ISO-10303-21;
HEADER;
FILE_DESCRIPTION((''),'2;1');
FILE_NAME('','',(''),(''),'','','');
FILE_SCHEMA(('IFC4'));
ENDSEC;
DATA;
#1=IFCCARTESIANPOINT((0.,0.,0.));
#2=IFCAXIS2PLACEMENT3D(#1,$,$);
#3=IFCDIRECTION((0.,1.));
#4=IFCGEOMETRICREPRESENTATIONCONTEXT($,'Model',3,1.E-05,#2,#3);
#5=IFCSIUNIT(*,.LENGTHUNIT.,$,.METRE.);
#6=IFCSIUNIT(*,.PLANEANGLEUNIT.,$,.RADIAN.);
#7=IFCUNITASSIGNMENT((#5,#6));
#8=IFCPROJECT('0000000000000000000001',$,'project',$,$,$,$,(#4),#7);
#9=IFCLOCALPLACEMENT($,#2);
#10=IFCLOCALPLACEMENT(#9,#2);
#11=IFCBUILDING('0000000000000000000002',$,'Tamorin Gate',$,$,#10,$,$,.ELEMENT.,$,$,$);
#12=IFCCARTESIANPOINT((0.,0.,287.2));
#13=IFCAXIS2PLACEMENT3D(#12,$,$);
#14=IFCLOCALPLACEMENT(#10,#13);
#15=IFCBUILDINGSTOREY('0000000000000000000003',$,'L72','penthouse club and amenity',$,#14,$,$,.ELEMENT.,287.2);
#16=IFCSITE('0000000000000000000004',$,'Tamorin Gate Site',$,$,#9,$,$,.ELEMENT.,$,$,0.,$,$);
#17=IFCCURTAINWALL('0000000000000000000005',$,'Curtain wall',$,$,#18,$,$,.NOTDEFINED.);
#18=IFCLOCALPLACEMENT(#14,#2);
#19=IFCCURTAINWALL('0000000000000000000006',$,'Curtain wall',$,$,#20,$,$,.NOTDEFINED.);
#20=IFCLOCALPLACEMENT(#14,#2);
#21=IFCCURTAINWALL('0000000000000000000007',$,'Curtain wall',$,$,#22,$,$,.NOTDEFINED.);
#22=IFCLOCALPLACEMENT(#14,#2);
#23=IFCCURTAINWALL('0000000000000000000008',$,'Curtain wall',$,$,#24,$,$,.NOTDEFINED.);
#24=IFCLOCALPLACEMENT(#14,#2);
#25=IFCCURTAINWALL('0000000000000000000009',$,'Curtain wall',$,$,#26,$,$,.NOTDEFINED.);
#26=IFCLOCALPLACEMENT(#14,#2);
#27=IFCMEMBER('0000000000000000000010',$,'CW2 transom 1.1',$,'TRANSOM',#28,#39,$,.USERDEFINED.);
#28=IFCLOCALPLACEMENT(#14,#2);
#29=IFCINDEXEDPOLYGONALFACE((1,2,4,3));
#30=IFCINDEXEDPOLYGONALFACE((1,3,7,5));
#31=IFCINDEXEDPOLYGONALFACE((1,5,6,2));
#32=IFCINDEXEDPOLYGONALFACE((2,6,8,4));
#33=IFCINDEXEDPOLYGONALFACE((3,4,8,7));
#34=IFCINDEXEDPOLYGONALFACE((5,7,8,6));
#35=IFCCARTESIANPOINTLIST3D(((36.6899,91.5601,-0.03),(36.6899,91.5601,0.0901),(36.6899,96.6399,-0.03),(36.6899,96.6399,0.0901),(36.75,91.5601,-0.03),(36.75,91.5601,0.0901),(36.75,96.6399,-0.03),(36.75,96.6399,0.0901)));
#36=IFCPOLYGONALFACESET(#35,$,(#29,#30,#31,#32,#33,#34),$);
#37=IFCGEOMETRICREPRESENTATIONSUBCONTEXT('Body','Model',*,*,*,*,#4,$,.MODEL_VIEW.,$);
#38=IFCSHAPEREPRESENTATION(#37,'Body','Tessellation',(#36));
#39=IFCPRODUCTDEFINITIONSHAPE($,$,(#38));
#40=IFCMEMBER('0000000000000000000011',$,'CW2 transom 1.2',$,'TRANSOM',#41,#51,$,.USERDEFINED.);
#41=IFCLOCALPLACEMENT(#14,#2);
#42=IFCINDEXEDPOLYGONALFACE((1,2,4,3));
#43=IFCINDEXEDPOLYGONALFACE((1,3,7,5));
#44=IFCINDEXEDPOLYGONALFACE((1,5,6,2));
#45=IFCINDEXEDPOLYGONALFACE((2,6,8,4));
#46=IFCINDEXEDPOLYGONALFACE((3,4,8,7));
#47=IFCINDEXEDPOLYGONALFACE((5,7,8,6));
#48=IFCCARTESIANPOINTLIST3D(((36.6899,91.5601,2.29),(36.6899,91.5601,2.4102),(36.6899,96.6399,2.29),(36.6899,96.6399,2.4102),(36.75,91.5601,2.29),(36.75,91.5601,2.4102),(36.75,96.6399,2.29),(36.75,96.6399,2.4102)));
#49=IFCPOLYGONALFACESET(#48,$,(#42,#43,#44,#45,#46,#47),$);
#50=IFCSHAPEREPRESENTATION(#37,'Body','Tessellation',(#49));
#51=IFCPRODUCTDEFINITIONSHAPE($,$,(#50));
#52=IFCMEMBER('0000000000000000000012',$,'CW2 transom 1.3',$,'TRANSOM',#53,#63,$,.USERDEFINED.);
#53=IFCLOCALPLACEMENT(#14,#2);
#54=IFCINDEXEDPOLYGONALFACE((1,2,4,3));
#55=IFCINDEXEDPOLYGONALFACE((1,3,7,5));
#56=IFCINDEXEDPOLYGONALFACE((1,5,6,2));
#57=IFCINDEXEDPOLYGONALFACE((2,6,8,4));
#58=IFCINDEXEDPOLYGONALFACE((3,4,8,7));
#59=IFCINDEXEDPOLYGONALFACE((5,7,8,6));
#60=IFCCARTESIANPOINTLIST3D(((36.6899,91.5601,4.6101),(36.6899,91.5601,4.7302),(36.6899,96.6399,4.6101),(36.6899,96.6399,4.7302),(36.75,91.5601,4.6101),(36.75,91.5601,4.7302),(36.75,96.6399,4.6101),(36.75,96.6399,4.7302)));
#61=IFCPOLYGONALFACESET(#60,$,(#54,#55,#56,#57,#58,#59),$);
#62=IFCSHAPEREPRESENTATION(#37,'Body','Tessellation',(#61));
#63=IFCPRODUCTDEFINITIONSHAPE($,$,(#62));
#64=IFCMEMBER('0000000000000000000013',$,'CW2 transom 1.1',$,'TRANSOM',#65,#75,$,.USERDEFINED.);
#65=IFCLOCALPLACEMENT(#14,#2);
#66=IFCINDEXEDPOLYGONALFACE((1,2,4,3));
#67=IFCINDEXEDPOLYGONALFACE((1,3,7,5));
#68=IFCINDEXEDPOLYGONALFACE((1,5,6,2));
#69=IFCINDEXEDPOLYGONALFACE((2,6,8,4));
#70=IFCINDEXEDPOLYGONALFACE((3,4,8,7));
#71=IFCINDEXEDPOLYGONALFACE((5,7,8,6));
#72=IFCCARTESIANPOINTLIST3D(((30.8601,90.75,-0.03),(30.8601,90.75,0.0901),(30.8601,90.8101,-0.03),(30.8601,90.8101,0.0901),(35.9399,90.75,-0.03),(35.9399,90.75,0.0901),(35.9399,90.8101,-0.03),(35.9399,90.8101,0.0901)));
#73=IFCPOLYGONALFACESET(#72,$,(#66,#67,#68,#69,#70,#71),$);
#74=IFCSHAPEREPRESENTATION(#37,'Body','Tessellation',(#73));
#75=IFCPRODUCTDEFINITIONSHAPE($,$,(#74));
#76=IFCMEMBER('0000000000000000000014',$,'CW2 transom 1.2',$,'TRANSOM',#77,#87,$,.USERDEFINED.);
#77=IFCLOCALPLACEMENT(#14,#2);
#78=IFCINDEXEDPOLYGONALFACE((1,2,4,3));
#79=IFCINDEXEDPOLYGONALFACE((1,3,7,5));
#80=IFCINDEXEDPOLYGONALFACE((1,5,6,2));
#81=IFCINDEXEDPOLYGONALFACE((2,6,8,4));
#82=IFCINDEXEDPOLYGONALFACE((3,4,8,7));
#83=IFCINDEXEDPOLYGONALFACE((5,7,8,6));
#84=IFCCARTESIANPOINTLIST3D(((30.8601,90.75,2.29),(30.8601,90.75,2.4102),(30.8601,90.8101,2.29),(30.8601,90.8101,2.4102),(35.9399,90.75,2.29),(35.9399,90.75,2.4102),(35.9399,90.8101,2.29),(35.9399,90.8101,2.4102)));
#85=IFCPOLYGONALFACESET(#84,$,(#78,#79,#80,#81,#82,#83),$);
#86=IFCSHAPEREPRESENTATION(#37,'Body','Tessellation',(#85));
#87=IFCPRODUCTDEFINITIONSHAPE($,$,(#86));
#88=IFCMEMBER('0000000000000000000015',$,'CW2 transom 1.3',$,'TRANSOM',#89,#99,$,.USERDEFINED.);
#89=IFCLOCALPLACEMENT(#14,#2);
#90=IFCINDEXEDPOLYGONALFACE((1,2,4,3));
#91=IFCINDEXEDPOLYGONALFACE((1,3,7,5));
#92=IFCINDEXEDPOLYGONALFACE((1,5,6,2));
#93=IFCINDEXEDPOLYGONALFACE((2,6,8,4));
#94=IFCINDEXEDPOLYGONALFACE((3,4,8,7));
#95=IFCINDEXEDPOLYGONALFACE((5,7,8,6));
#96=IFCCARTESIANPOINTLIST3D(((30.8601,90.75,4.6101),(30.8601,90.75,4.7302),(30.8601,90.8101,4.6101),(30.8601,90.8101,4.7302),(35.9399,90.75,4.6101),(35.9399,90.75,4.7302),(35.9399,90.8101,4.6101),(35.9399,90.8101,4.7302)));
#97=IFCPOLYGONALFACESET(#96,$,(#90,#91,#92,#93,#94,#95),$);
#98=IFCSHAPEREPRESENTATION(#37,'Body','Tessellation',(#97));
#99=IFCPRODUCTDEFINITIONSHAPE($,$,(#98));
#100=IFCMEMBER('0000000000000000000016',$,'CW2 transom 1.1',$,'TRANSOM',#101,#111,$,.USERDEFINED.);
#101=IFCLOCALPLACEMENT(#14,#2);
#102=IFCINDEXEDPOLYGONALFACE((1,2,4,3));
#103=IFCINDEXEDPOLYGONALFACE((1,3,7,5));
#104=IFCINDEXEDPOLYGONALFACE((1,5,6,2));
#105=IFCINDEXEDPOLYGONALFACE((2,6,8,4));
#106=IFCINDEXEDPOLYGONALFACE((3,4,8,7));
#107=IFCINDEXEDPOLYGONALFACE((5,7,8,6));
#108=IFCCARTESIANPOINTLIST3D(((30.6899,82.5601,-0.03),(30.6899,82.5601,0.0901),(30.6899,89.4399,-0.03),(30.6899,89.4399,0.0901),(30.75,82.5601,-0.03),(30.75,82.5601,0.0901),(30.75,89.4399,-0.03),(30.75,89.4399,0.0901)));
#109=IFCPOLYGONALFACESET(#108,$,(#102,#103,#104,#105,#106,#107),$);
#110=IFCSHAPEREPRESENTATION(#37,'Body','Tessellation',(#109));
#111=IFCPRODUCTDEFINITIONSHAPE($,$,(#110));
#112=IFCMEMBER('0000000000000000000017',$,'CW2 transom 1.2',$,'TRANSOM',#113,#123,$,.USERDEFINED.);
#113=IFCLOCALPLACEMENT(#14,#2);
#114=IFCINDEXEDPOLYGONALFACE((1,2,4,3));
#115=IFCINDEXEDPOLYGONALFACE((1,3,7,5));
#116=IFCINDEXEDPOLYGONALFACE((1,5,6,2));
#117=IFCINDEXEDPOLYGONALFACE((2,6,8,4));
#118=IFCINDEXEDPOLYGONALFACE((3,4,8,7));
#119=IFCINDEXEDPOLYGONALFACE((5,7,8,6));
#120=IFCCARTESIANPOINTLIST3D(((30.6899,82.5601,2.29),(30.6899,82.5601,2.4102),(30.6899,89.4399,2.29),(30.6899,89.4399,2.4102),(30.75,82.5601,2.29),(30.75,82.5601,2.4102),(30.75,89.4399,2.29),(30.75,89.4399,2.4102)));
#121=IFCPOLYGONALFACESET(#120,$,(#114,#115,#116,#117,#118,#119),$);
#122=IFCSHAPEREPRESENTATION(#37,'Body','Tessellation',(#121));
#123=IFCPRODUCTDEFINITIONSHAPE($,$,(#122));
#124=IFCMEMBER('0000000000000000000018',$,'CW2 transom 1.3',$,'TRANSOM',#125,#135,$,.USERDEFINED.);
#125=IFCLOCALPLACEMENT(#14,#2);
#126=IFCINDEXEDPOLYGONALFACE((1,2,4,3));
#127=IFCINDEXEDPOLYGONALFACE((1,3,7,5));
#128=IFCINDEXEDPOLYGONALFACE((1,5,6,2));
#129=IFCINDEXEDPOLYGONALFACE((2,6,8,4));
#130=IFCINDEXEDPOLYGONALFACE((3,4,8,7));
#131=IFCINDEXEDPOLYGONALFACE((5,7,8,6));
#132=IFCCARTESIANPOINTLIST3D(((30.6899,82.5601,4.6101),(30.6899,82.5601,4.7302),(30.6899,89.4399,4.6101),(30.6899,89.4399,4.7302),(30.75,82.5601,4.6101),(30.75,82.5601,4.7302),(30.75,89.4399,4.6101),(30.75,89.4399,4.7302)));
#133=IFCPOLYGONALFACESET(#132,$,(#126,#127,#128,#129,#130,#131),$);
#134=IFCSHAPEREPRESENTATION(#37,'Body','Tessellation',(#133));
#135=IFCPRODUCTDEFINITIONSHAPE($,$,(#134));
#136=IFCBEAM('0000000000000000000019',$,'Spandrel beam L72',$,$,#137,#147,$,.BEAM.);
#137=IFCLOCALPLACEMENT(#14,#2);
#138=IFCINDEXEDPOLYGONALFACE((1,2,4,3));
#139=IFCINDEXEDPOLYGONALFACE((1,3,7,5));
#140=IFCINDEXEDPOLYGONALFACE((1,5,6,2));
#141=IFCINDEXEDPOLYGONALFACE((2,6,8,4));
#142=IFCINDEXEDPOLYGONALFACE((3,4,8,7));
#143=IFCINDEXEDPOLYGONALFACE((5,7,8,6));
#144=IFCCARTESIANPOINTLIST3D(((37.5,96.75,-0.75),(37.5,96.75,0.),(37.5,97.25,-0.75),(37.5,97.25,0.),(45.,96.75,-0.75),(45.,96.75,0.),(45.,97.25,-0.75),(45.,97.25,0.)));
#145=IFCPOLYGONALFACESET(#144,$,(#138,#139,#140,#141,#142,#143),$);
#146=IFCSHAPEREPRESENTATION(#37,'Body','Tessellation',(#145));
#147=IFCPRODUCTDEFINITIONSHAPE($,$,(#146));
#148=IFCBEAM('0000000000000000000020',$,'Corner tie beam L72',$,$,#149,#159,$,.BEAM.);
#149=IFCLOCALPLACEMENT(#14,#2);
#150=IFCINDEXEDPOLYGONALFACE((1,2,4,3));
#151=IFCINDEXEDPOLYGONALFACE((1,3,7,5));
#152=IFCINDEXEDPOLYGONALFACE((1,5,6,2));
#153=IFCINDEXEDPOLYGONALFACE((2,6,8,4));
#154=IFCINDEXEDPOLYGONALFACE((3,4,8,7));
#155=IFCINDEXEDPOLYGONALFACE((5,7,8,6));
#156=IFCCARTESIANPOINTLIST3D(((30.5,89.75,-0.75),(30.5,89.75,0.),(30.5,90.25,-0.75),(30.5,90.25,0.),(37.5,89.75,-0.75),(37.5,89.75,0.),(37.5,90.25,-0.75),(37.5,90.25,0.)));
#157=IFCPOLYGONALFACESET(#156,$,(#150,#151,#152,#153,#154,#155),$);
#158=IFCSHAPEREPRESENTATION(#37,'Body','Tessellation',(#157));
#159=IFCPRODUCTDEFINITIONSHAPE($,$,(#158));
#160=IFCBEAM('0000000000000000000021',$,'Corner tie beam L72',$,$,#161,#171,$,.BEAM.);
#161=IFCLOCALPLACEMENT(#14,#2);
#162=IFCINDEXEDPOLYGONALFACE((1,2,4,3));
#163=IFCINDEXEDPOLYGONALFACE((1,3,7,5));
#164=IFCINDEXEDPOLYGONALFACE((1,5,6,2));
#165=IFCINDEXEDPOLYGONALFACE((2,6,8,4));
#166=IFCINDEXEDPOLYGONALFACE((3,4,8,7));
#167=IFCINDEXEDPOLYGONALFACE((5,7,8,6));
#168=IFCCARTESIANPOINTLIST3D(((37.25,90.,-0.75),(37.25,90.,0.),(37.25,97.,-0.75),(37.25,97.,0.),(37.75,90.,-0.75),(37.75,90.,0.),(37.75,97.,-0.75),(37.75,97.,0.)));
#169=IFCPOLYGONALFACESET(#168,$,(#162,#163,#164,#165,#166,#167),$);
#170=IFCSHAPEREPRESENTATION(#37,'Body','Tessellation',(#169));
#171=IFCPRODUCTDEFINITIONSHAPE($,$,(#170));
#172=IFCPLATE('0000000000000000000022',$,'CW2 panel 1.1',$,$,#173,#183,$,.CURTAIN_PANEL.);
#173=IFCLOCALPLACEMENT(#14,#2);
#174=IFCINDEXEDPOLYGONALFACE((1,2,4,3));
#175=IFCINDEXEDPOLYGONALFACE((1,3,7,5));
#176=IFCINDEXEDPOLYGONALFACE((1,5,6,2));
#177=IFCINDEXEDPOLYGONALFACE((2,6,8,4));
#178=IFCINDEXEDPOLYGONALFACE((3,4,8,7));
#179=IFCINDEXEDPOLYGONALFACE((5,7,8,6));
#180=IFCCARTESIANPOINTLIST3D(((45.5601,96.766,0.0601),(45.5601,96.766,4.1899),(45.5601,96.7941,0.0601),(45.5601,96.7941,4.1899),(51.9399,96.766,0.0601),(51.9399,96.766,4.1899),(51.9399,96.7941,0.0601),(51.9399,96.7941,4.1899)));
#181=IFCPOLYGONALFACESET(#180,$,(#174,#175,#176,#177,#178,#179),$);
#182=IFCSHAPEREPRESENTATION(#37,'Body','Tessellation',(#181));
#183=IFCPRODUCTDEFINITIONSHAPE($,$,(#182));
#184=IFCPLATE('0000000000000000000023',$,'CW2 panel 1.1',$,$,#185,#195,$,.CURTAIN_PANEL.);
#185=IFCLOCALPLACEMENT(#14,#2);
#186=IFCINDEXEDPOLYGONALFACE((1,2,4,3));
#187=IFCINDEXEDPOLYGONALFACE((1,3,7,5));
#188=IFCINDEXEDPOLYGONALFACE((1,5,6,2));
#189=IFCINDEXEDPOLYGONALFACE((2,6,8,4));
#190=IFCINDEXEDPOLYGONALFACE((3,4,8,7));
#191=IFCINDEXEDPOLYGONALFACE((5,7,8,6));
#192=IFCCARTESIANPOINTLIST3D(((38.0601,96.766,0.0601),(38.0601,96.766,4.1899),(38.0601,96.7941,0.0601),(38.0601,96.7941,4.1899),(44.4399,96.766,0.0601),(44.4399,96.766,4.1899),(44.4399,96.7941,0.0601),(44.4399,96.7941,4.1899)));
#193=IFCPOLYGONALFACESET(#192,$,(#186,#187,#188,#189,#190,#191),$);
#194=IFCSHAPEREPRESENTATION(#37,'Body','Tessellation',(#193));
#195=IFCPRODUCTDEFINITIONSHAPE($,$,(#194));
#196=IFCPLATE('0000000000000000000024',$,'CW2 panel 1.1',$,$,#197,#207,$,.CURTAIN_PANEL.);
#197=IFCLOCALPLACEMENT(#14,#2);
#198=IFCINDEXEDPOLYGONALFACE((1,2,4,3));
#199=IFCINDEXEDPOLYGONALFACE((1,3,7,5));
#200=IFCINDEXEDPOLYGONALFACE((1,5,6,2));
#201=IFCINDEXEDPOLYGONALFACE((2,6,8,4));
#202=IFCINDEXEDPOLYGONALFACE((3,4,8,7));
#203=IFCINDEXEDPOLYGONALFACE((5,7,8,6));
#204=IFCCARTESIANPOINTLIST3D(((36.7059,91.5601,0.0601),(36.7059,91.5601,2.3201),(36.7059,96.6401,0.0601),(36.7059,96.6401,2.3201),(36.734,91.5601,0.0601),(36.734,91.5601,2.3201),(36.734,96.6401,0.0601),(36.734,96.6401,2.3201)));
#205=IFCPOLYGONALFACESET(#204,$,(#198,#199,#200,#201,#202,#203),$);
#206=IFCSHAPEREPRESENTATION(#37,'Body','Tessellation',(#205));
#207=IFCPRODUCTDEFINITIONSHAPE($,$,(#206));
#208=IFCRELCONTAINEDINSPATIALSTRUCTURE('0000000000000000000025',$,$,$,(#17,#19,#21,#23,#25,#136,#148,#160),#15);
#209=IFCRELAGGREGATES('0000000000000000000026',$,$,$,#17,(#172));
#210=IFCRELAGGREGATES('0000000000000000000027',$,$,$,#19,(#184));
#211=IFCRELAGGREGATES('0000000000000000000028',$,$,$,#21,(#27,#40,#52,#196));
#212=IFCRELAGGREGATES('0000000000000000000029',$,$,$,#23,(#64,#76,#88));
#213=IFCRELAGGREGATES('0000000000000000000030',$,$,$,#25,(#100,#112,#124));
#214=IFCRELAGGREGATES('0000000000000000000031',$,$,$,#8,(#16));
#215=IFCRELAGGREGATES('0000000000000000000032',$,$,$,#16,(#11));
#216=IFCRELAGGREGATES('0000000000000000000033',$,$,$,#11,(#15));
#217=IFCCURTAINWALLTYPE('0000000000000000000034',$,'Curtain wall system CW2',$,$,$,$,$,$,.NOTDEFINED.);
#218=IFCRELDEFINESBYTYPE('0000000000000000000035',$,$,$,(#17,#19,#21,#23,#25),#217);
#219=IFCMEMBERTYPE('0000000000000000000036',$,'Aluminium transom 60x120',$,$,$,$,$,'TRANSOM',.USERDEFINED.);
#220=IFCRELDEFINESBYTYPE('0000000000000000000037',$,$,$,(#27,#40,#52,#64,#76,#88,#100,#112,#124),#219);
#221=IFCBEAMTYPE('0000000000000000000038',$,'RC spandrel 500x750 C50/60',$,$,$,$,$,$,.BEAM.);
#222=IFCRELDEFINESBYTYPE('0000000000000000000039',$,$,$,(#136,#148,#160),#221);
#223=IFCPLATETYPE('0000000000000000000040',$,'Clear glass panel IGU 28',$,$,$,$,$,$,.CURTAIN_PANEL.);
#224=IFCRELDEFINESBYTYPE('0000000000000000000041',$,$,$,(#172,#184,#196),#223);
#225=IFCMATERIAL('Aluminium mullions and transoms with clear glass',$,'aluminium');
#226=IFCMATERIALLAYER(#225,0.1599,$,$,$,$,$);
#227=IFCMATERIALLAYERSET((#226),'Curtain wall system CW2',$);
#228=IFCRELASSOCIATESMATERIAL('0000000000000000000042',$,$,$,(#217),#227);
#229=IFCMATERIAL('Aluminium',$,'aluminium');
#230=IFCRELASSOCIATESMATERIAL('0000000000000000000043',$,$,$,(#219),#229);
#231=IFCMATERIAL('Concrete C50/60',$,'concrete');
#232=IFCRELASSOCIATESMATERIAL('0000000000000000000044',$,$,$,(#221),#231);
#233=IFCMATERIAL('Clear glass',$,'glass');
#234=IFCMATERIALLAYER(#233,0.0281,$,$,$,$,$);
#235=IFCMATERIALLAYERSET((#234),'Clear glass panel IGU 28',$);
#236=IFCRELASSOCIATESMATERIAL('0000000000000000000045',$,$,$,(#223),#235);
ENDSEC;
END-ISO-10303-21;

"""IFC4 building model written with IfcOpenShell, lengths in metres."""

from ifc_helpers import new_model, si_unit, direction, frame, origin, origin_2d, place, context, subcontext, project, spatial, rectangle, extrude, material, layer, layer_set, material_profile, profile_set, type_object, element, aggregate, save


model = new_model("IFC4")

# Units and contexts
model_context = context("Model", 3, precision=1e-05, world=origin(), true_north=direction((0.0, 1.0)))
body_context = subcontext(model_context, "Body", "Model", "MODEL_VIEW")
ifc_project = project(units=[si_unit("LENGTHUNIT", "METRE"), si_unit("PLANEANGLEUNIT", "RADIAN")], contexts=[model_context])

# Site, building, storey
site_placement = place(None, origin())
site = spatial("IfcSite", under=ifc_project, at=site_placement, Name="Tamorin Gate Site", CompositionType="ELEMENT", RefElevation=0.0)
building_placement = place(site_placement, origin())
building = spatial("IfcBuilding", under=site, at=building_placement, Name="Tamorin Gate", CompositionType="ELEMENT")
storey_placement = place(building_placement, frame((0.0, 0.0, 287.2)))
storey = spatial("IfcBuildingStorey", under=building, at=storey_placement, Name="L72", Description="penthouse club and amenity", CompositionType="ELEMENT", Elevation=287.2)

# Shared definitions
ifc_material_1 = material(Name="Concrete C50/60", Category="concrete")

# Curtain wall
ifc_material_2 = material(Name="Aluminium mullions and transoms with clear glass", Category="aluminium")
ifc_layer_1 = layer(ifc_material_2, 0.1599)
ifc_layer_set_1 = layer_set([ifc_layer_1], Name="Curtain wall system CW2")
curtain_wall_type = type_object("IfcCurtainWallType", Name="Curtain wall system CW2", PredefinedType="NOTDEFINED", material=ifc_layer_set_1)
curtain_wall_1_placement = place(storey_placement, origin())
curtain_wall_1 = element("IfcCurtainWall", 1, at=curtain_wall_1_placement, inside=storey, type_object=curtain_wall_type, Name="Curtain wall", PredefinedType="NOTDEFINED")
ifc_material_3 = material(Name="Aluminium", Category="aluminium")

# Curtain walls
curtain_wall_2_placement = place(storey_placement, origin())
curtain_wall_2 = element("IfcCurtainWall", 2, at=curtain_wall_2_placement, inside=storey, type_object=curtain_wall_type, Name="Curtain wall", PredefinedType="NOTDEFINED")
curtain_wall_3_placement = place(storey_placement, origin())
curtain_wall_3 = element("IfcCurtainWall", 3, at=curtain_wall_3_placement, inside=storey, type_object=curtain_wall_type, Name="Curtain wall", PredefinedType="NOTDEFINED")
curtain_wall_4_placement = place(storey_placement, origin())
curtain_wall_4 = element("IfcCurtainWall", 4, at=curtain_wall_4_placement, inside=storey, type_object=curtain_wall_type, Name="Curtain wall", PredefinedType="NOTDEFINED")

# Curtain wall
curtain_wall_5_placement = place(storey_placement, origin())
curtain_wall_5 = element("IfcCurtainWall", 5, at=curtain_wall_5_placement, inside=storey, type_object=curtain_wall_type, Name="Curtain wall", PredefinedType="NOTDEFINED")

# Members
ifc_material_profile_1 = material_profile(ifc_material_3, rectangle(XDim=0.0601, YDim=0.1201, at=origin_2d()), Name="RECT 60x120")
ifc_profile_set_1 = profile_set([ifc_material_profile_1], Name="Aluminium")
member_type_1 = type_object("IfcMemberType", Name="Aluminium transom 60x120", ElementType="TRANSOM", PredefinedType="USERDEFINED", material=ifc_profile_set_1)
member_1_placement = place(storey_placement, frame((36.72, 96.6399, 0.03), z_axis=(0.0, -1.0, 0.0), x_axis=(1.0, 0.0, 0.0)))
member_1 = element("IfcMember", 6, at=member_1_placement, type_object=member_type_1, Name="CW2 transom 1.1", ObjectType="TRANSOM", PredefinedType="USERDEFINED", context=body_context, shape_type="SweptSolid", body=[
    extrude(rectangle(XDim=0.0601, YDim=0.1201, at=origin_2d()), origin(), (0.0, 0.0, 1.0), 5.0798),
])
member_2_placement = place(storey_placement, frame((36.72, 96.6399, 2.3501), z_axis=(0.0, -1.0, 0.0), x_axis=(1.0, 0.0, 0.0)))
member_2 = element("IfcMember", 7, at=member_2_placement, type_object=member_type_1, Name="CW2 transom 1.2", ObjectType="TRANSOM", PredefinedType="USERDEFINED", context=body_context, shape_type="SweptSolid", body=[
    extrude(rectangle(XDim=0.0601, YDim=0.1201, at=origin_2d()), origin(), (0.0, 0.0, 1.0), 5.0798),
])
member_3_placement = place(storey_placement, frame((36.72, 96.6399, 4.6702), z_axis=(0.0, -1.0, 0.0), x_axis=(1.0, 0.0, 0.0)))
member_3 = element("IfcMember", 8, at=member_3_placement, type_object=member_type_1, Name="CW2 transom 1.3", ObjectType="TRANSOM", PredefinedType="USERDEFINED", context=body_context, shape_type="SweptSolid", body=[
    extrude(rectangle(XDim=0.0601, YDim=0.1201, at=origin_2d()), origin(), (0.0, 0.0, 1.0), 5.0798),
])
member_4_placement = place(storey_placement, frame((35.9399, 90.78, 0.03), z_axis=(-1.0, 0.0, 0.0), x_axis=(0.0, -1.0, 0.0)))
member_4 = element("IfcMember", 9, at=member_4_placement, type_object=member_type_1, Name="CW2 transom 1.1", ObjectType="TRANSOM", PredefinedType="USERDEFINED", context=body_context, shape_type="SweptSolid", body=[
    extrude(rectangle(XDim=0.0601, YDim=0.1201, at=origin_2d()), origin(), (0.0, 0.0, 1.0), 5.0798),
])
member_5_placement = place(storey_placement, frame((35.9399, 90.78, 2.3501), z_axis=(-1.0, 0.0, 0.0), x_axis=(0.0, -1.0, 0.0)))
member_5 = element("IfcMember", 10, at=member_5_placement, type_object=member_type_1, Name="CW2 transom 1.2", ObjectType="TRANSOM", PredefinedType="USERDEFINED", context=body_context, shape_type="SweptSolid", body=[
    extrude(rectangle(XDim=0.0601, YDim=0.1201, at=origin_2d()), origin(), (0.0, 0.0, 1.0), 5.0798),
])
member_6_placement = place(storey_placement, frame((35.9399, 90.78, 4.6702), z_axis=(-1.0, 0.0, 0.0), x_axis=(0.0, -1.0, 0.0)))
member_6 = element("IfcMember", 11, at=member_6_placement, type_object=member_type_1, Name="CW2 transom 1.3", ObjectType="TRANSOM", PredefinedType="USERDEFINED", context=body_context, shape_type="SweptSolid", body=[
    extrude(rectangle(XDim=0.0601, YDim=0.1201, at=origin_2d()), origin(), (0.0, 0.0, 1.0), 5.0798),
])
member_7_placement = place(storey_placement, frame((30.72, 89.4399, 0.03), z_axis=(0.0, -1.0, 0.0), x_axis=(1.0, 0.0, 0.0)))
member_7 = element("IfcMember", 12, at=member_7_placement, type_object=member_type_1, Name="CW2 transom 1.1", ObjectType="TRANSOM", PredefinedType="USERDEFINED", context=body_context, shape_type="SweptSolid", body=[
    extrude(rectangle(XDim=0.0601, YDim=0.1201, at=origin_2d()), origin(), (0.0, 0.0, 1.0), 6.8799),
])
member_8_placement = place(storey_placement, frame((30.72, 89.4399, 2.3501), z_axis=(0.0, -1.0, 0.0), x_axis=(1.0, 0.0, 0.0)))
member_8 = element("IfcMember", 13, at=member_8_placement, type_object=member_type_1, Name="CW2 transom 1.2", ObjectType="TRANSOM", PredefinedType="USERDEFINED", context=body_context, shape_type="SweptSolid", body=[
    extrude(rectangle(XDim=0.0601, YDim=0.1201, at=origin_2d()), origin(), (0.0, 0.0, 1.0), 6.8799),
])
member_9_placement = place(storey_placement, frame((30.72, 89.4399, 4.6702), z_axis=(0.0, -1.0, 0.0), x_axis=(1.0, 0.0, 0.0)))
member_9 = element("IfcMember", 14, at=member_9_placement, type_object=member_type_1, Name="CW2 transom 1.3", ObjectType="TRANSOM", PredefinedType="USERDEFINED", context=body_context, shape_type="SweptSolid", body=[
    extrude(rectangle(XDim=0.0601, YDim=0.1201, at=origin_2d()), origin(), (0.0, 0.0, 1.0), 6.8799),
])

# Beams
ifc_material_profile_2 = material_profile(ifc_material_1, rectangle(XDim=0.5, YDim=0.75, at=origin_2d()), Name="RC 500x750")
ifc_profile_set_2 = profile_set([ifc_material_profile_2], Name="Concrete C50/60")
beam_type = type_object("IfcBeamType", Name="RC spandrel 500x750 C50/60", PredefinedType="BEAM", material=ifc_profile_set_2)
beam_placement = place(storey_placement, frame((45.0, 97.0, -0.375), z_axis=(-1.0, 0.0, 0.0), x_axis=(0.0, -1.0, 0.0)))
element("IfcBeam", 15, at=beam_placement, inside=storey, type_object=beam_type, Name="Spandrel beam L72", PredefinedType="BEAM", context=body_context, shape_type="SweptSolid", body=[
    extrude(rectangle(XDim=0.5, YDim=0.75, at=origin_2d()), origin(), (0.0, 0.0, 1.0), 7.5),
])
for number, where, z_axis, x_axis, name in (
    (16, (37.5, 90.0, -0.375), (-1.0, 0.0, 0.0), (0.0, -1.0, 0.0), "Corner tie beam L72"),
    (17, (37.5, 90.0, -0.375), (0.0, 1.0, 0.0), (-1.0, 0.0, 0.0), "Corner tie beam L72"),
):
    element("IfcBeam", number, at=place(storey_placement, frame(where, z_axis=z_axis, x_axis=x_axis)), inside=storey, type_object=beam_type, Name=name, PredefinedType="BEAM", context=body_context, shape_type="SweptSolid", body=[
        extrude(rectangle(XDim=0.5, YDim=0.75, at=origin_2d()), origin(), (0.0, 0.0, 1.0), 7.0),
    ])

# Plates
ifc_material_4 = material(Name="Clear glass", Category="glass")
ifc_layer_2 = layer(ifc_material_4, 0.0281)
ifc_layer_set_2 = layer_set([ifc_layer_2], Name="Clear glass panel IGU 28")
plate_type = type_object("IfcPlateType", Name="Clear glass panel IGU 28", PredefinedType="CURTAIN_PANEL", material=ifc_layer_set_2)
plate_1_placement = place(storey_placement, frame((48.75, 96.78, 0.0601), z_axis=(0.0, 0.0, 1.0), x_axis=(-1.0, 0.0, 0.0)))
plate_1 = element("IfcPlate", 18, at=plate_1_placement, type_object=plate_type, Name="CW2 panel 1.1", PredefinedType="CURTAIN_PANEL", context=body_context, shape_type="SweptSolid", body=[
    extrude(rectangle(XDim=6.3799, YDim=0.0281, at=origin_2d()), origin(), (0.0, 0.0, 1.0), 4.1299),
])
aggregate(curtain_wall_1, [plate_1])
plate_2_placement = place(storey_placement, frame((41.25, 96.78, 0.0601), z_axis=(0.0, 0.0, 1.0), x_axis=(-1.0, 0.0, 0.0)))
plate_2 = element("IfcPlate", 19, at=plate_2_placement, type_object=plate_type, Name="CW2 panel 1.1", PredefinedType="CURTAIN_PANEL", context=body_context, shape_type="SweptSolid", body=[
    extrude(rectangle(XDim=6.3799, YDim=0.0281, at=origin_2d()), origin(), (0.0, 0.0, 1.0), 4.1299),
])
aggregate(curtain_wall_2, [plate_2])
plate_3_placement = place(storey_placement, frame((36.72, 94.1001, 0.0601), z_axis=(0.0, 0.0, 1.0), x_axis=(0.0, -1.0, 0.0)))
plate_3 = element("IfcPlate", 20, at=plate_3_placement, type_object=plate_type, Name="CW2 panel 1.1", PredefinedType="CURTAIN_PANEL", context=body_context, shape_type="SweptSolid", body=[
    extrude(rectangle(XDim=5.0801, YDim=0.0281, at=origin_2d()), origin(), (0.0, 0.0, 1.0), 2.26),
])
aggregate(curtain_wall_3, [member_1, member_2, member_3, plate_3])
aggregate(curtain_wall_4, [member_4, member_5, member_6])
aggregate(curtain_wall_5, [member_7, member_8, member_9])

save(model, "model.ifc")
